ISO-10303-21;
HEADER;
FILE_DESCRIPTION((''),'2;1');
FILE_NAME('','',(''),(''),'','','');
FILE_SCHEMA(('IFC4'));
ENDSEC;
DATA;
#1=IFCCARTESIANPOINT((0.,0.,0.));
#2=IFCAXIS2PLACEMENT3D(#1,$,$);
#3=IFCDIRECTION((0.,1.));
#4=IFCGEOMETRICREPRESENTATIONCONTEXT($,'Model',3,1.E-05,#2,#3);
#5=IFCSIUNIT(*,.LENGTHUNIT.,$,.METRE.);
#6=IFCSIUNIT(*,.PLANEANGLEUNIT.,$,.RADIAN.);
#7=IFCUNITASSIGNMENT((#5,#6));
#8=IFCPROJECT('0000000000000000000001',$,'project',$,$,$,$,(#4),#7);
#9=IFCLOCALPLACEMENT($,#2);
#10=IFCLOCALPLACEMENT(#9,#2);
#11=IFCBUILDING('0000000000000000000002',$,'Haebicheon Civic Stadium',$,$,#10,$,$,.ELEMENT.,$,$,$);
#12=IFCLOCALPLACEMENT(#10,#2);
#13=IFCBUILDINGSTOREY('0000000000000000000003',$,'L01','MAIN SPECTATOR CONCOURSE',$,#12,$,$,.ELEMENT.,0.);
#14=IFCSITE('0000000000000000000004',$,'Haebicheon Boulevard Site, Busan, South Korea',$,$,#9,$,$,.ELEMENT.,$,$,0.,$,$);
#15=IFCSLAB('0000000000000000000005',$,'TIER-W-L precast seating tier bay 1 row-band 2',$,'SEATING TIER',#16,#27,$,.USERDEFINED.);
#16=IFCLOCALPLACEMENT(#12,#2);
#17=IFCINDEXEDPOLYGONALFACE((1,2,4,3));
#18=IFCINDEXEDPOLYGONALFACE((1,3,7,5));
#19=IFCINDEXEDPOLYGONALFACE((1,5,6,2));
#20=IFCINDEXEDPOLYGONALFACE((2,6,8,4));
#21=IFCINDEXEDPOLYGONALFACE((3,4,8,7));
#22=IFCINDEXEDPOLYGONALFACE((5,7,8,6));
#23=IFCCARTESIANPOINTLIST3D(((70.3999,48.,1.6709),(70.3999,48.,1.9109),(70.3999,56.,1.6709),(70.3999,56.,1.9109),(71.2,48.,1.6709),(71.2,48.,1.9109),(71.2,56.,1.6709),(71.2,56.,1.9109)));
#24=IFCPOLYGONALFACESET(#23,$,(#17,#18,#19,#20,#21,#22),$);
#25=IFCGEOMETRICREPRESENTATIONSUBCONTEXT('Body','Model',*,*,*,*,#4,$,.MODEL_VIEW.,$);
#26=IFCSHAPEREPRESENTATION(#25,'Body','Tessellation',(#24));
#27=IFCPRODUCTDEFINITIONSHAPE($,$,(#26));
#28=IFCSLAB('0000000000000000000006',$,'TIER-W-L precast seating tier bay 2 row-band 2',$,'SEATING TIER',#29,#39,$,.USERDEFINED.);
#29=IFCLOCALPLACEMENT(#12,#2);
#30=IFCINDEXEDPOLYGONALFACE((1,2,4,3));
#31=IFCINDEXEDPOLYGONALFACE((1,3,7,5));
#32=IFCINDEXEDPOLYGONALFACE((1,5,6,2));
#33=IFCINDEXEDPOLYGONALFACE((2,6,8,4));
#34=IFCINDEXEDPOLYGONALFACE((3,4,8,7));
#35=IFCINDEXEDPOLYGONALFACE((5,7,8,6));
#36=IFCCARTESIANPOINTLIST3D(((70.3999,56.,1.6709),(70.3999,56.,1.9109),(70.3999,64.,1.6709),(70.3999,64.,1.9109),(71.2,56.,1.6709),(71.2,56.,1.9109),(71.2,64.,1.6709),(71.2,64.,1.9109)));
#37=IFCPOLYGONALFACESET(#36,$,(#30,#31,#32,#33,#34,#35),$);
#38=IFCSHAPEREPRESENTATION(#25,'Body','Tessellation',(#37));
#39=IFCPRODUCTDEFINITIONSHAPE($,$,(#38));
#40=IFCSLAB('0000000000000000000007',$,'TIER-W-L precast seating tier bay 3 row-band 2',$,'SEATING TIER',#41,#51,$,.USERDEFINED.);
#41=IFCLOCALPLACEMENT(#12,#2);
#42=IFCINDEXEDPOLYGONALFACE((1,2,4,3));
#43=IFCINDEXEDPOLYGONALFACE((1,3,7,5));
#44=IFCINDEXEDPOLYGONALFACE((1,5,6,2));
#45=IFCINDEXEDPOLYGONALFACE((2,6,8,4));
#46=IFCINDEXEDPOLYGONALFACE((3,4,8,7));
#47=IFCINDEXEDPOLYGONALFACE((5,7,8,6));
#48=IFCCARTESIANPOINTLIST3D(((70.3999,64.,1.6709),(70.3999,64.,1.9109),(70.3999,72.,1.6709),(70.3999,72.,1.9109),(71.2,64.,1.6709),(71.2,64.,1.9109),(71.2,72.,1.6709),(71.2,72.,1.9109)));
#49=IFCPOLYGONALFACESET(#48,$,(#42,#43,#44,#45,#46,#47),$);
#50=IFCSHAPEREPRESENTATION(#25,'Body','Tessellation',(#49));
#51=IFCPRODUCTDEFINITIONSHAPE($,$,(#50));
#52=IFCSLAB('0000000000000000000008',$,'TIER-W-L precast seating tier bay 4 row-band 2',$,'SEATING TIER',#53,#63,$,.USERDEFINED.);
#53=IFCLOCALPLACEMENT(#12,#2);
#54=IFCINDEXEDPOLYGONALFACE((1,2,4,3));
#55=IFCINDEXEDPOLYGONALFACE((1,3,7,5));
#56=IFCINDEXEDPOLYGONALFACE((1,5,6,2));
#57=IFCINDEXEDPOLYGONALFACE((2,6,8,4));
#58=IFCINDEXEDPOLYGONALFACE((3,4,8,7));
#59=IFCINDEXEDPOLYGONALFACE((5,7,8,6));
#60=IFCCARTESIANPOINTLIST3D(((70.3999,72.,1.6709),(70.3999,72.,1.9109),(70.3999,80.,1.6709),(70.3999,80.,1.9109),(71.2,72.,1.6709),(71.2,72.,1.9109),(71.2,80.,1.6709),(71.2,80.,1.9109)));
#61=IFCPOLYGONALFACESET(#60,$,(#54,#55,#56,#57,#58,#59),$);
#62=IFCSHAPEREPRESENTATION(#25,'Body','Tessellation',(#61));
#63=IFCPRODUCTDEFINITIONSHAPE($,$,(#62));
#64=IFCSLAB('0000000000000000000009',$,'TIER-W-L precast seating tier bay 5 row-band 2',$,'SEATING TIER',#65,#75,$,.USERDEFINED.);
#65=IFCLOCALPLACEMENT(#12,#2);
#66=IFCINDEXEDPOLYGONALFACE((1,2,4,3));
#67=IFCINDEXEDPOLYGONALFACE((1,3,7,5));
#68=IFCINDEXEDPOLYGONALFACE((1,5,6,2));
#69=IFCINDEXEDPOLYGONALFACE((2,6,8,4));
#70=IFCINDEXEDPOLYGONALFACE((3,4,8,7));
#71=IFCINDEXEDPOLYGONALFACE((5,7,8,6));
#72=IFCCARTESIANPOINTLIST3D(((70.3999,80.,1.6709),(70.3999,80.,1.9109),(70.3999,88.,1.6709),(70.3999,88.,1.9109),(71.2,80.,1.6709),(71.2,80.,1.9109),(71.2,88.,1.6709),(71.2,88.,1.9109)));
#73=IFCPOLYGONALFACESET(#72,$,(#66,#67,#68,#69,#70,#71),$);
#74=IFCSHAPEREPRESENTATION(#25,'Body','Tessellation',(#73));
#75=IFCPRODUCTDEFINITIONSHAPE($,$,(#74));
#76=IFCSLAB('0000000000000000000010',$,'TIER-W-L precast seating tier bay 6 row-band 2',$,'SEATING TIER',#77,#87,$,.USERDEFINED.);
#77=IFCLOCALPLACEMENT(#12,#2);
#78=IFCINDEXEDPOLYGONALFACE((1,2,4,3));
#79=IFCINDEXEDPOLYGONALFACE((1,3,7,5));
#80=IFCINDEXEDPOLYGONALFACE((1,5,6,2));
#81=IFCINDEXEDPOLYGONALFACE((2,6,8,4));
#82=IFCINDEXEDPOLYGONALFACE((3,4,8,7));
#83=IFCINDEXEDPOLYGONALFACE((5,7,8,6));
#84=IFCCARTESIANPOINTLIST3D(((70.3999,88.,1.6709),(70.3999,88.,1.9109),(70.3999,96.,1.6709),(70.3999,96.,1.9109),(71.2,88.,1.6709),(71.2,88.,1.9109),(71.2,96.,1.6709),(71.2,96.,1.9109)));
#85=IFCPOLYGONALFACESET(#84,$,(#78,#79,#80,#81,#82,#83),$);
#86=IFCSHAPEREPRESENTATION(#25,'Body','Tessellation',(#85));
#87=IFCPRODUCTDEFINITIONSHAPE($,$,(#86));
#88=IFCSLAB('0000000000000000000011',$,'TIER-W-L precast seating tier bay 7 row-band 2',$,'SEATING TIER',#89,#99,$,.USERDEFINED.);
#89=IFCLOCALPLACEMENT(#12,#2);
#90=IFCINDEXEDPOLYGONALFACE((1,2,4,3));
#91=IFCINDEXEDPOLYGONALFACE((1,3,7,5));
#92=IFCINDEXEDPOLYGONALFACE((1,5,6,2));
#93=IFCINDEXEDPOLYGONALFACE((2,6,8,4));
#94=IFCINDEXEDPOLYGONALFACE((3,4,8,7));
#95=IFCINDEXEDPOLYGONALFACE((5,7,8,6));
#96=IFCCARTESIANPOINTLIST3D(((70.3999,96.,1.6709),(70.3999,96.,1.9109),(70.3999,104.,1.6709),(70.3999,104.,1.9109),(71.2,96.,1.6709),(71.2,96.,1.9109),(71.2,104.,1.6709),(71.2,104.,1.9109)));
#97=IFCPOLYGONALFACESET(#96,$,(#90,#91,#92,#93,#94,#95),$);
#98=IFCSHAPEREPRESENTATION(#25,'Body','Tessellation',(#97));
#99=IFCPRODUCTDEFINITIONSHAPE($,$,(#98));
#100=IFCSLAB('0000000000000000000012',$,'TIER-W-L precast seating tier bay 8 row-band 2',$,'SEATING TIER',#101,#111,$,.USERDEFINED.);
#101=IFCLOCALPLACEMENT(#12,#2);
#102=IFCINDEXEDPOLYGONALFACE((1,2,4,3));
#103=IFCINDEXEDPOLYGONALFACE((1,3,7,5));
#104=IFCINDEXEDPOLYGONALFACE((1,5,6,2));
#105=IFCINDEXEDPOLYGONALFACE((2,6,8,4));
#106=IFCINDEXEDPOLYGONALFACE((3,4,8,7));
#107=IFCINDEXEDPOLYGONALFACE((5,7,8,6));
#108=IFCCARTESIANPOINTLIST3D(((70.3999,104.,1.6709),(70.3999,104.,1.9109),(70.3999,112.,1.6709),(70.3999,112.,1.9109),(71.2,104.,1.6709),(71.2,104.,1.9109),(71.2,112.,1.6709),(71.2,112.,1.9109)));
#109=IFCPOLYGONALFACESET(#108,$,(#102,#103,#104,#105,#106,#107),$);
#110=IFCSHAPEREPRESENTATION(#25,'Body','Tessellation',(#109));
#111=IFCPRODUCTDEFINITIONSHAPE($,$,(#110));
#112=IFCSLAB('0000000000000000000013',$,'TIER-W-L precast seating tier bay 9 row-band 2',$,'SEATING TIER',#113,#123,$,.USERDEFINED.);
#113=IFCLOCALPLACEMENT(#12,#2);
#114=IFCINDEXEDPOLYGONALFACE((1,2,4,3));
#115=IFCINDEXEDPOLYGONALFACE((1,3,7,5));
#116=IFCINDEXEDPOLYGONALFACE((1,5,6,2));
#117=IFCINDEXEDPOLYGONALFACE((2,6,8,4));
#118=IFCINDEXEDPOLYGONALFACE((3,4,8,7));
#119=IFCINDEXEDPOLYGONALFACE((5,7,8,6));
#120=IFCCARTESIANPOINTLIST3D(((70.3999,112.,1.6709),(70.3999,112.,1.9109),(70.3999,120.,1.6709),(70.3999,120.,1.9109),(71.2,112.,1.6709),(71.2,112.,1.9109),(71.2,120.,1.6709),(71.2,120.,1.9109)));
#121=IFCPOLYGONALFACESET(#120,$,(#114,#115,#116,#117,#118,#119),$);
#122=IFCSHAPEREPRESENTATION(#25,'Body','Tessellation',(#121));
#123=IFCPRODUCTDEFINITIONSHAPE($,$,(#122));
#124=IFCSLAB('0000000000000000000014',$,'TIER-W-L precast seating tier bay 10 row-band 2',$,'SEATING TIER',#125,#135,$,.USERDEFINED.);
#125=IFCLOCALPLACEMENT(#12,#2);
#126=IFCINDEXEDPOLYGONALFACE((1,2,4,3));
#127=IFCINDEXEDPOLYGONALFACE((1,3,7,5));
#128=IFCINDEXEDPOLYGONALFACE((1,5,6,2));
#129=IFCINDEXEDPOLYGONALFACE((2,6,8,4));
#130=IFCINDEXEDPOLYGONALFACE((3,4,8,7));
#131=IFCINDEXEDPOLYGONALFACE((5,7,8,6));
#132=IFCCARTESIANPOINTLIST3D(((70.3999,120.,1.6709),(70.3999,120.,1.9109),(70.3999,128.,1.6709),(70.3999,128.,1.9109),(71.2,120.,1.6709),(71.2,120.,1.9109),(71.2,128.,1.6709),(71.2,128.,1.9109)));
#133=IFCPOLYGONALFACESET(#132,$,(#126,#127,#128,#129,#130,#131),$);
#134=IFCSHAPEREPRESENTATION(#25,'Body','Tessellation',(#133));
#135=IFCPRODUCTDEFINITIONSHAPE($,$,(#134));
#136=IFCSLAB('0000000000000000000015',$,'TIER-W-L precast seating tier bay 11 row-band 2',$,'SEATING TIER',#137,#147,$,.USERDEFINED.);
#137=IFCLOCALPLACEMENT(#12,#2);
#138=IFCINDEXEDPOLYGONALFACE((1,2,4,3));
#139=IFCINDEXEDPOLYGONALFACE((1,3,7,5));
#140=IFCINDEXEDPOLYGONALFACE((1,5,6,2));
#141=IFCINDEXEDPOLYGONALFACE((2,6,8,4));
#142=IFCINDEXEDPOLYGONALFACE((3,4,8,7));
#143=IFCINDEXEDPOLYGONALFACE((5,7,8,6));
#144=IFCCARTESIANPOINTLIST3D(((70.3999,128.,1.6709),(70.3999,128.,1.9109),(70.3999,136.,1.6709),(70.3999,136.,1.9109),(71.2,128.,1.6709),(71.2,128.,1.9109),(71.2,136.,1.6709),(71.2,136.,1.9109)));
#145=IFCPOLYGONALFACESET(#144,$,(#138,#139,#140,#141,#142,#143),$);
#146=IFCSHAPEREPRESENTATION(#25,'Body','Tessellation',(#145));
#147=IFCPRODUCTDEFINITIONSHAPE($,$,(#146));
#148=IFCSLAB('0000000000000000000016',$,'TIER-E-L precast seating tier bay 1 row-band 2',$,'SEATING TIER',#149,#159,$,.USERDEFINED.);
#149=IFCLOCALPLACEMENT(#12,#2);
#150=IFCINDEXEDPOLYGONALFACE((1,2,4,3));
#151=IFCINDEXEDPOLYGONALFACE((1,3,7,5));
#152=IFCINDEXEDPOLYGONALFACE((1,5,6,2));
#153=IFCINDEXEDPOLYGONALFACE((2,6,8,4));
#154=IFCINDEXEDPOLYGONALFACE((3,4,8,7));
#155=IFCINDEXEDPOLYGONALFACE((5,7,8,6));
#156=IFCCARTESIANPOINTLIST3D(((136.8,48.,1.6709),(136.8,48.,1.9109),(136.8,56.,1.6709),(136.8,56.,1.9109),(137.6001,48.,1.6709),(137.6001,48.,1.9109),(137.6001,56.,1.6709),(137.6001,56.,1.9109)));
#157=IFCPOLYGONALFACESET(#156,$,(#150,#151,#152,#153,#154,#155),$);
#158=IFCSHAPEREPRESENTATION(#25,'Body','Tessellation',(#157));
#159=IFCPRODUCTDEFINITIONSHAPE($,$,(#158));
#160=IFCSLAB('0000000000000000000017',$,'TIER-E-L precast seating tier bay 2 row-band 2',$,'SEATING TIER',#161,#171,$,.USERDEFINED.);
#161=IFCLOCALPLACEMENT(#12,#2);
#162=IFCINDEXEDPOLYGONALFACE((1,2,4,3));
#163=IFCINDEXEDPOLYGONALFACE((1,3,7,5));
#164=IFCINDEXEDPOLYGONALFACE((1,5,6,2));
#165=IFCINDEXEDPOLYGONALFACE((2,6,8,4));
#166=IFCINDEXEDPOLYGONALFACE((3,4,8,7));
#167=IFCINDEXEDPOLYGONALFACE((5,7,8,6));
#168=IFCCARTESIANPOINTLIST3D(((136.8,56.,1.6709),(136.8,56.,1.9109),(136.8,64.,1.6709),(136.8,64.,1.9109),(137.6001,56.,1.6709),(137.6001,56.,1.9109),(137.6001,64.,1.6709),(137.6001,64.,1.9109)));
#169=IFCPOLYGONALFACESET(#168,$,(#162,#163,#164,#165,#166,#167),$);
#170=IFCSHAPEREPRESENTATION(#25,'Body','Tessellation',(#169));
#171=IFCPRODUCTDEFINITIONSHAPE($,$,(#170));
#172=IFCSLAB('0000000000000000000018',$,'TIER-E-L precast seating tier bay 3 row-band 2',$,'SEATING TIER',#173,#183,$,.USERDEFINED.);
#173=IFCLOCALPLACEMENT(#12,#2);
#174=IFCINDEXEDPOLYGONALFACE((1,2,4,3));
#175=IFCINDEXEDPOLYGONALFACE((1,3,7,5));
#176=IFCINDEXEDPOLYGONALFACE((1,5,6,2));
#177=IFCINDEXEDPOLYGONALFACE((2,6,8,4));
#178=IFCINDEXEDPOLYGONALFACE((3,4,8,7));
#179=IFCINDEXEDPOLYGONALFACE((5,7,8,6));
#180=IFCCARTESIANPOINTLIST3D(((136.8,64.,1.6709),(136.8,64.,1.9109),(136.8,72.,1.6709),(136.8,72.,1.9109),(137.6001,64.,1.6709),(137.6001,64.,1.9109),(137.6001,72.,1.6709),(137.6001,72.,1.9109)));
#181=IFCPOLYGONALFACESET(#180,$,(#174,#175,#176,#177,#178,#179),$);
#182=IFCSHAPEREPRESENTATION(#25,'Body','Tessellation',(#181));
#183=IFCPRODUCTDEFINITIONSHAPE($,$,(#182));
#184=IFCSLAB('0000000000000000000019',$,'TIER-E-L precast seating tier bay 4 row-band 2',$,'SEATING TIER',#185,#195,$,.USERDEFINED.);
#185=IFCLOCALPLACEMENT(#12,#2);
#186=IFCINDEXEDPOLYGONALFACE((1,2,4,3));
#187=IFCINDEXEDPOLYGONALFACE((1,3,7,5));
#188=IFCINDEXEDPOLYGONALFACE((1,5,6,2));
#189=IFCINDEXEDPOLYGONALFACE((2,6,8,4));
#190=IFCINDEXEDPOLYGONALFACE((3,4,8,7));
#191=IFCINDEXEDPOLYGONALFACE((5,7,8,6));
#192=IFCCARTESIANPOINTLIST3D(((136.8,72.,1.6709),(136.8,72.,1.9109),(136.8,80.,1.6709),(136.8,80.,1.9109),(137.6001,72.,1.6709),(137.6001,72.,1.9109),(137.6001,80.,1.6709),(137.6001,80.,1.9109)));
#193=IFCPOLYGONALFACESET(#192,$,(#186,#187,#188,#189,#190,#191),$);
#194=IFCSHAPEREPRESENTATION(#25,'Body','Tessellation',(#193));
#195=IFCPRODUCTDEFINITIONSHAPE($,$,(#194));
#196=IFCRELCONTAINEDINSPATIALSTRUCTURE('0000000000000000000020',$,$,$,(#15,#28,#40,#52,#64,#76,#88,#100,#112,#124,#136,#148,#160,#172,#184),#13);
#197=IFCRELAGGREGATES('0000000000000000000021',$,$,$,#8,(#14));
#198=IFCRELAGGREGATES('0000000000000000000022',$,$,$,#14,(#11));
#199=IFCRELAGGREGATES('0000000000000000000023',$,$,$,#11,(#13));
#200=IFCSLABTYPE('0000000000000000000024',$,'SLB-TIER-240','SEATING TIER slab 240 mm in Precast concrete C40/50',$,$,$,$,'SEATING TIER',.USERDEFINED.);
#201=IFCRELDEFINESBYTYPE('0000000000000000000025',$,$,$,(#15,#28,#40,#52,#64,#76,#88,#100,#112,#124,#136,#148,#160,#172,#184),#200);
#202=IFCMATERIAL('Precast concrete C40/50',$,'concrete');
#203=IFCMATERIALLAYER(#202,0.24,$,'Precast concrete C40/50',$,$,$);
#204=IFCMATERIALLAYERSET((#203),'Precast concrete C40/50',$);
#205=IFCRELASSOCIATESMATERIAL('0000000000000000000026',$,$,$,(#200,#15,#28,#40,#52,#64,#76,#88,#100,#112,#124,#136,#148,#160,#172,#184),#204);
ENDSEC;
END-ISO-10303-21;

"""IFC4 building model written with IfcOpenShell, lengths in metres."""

from ifc_helpers import new_model, si_unit, direction, frame, origin, place, context, subcontext, project, spatial, polyline, outline, extrude, material, layer, layer_set, type_object, element, save


model = new_model("IFC4")

# Units and contexts
model_context = context("Model", 3, precision=1e-05, world=origin(), true_north=direction((0.0, 1.0)))
body_context = subcontext(model_context, "Body", "Model", "MODEL_VIEW")
ifc_project = project(units=[si_unit("LENGTHUNIT", "METRE"), si_unit("PLANEANGLEUNIT", "RADIAN")], contexts=[model_context])

# Site, building, storey
site_placement = place(None, origin())
site = spatial("IfcSite", under=ifc_project, at=site_placement, Name="Haebicheon Boulevard Site, Busan, South Korea", CompositionType="ELEMENT", RefElevation=0.0)
building_placement = place(site_placement, origin())
building = spatial("IfcBuilding", under=site, at=building_placement, Name="Haebicheon Civic Stadium", CompositionType="ELEMENT")
storey_placement = place(building_placement, origin())
storey = spatial("IfcBuildingStorey", under=building, at=storey_placement, Name="L01", Description="MAIN SPECTATOR CONCOURSE", CompositionType="ELEMENT", Elevation=0.0)

# Slabs
ifc_material = material(Name="Precast concrete C40/50", Category="concrete")
ifc_layer = layer(ifc_material, 0.24, Name="Precast concrete C40/50")
ifc_layer_set = layer_set([ifc_layer], Name="Precast concrete C40/50")
slab_type = type_object("IfcSlabType", Name="SLB-TIER-240", Description="SEATING TIER slab 240 mm in Precast concrete C40/50", ElementType="SEATING TIER", PredefinedType="USERDEFINED", material=ifc_layer_set)
slab_1_placement = place(storey_placement, frame((0.0, 0.0, 1.6709)))
element("IfcSlab", 1, at=slab_1_placement, inside=storey, type_object=slab_type, material=ifc_layer_set, Name="TIER-W-L precast seating tier bay 1 row-band 2", ObjectType="SEATING TIER", PredefinedType="USERDEFINED", context=body_context, shape_type="SweptSolid", body=[
    extrude(outline(polyline([(70.3999, 48.0), (71.2, 48.0), (71.2, 56.0), (70.3999, 56.0), (70.3999, 48.0)])), origin(), (0.0, 0.0, 1.0), 0.24),
])
slab_2_placement = place(storey_placement, frame((0.0, 0.0, 1.6709)))
element("IfcSlab", 2, at=slab_2_placement, inside=storey, type_object=slab_type, material=ifc_layer_set, Name="TIER-W-L precast seating tier bay 2 row-band 2", ObjectType="SEATING TIER", PredefinedType="USERDEFINED", context=body_context, shape_type="SweptSolid", body=[
    extrude(outline(polyline([(70.3999, 56.0), (71.2, 56.0), (71.2, 64.0), (70.3999, 64.0), (70.3999, 56.0)])), origin(), (0.0, 0.0, 1.0), 0.24),
])
slab_3_placement = place(storey_placement, frame((0.0, 0.0, 1.6709)))
element("IfcSlab", 3, at=slab_3_placement, inside=storey, type_object=slab_type, material=ifc_layer_set, Name="TIER-W-L precast seating tier bay 3 row-band 2", ObjectType="SEATING TIER", PredefinedType="USERDEFINED", context=body_context, shape_type="SweptSolid", body=[
    extrude(outline(polyline([(70.3999, 64.0), (71.2, 64.0), (71.2, 72.0), (70.3999, 72.0), (70.3999, 64.0)])), origin(), (0.0, 0.0, 1.0), 0.24),
])
slab_4_placement = place(storey_placement, frame((0.0, 0.0, 1.6709)))
element("IfcSlab", 4, at=slab_4_placement, inside=storey, type_object=slab_type, material=ifc_layer_set, Name="TIER-W-L precast seating tier bay 4 row-band 2", ObjectType="SEATING TIER", PredefinedType="USERDEFINED", context=body_context, shape_type="SweptSolid", body=[
    extrude(outline(polyline([(70.3999, 72.0), (71.2, 72.0), (71.2, 80.0), (70.3999, 80.0), (70.3999, 72.0)])), origin(), (0.0, 0.0, 1.0), 0.24),
])
slab_5_placement = place(storey_placement, frame((0.0, 0.0, 1.6709)))
element("IfcSlab", 5, at=slab_5_placement, inside=storey, type_object=slab_type, material=ifc_layer_set, Name="TIER-W-L precast seating tier bay 5 row-band 2", ObjectType="SEATING TIER", PredefinedType="USERDEFINED", context=body_context, shape_type="SweptSolid", body=[
    extrude(outline(polyline([(70.3999, 80.0), (71.2, 80.0), (71.2, 88.0), (70.3999, 88.0), (70.3999, 80.0)])), origin(), (0.0, 0.0, 1.0), 0.24),
])
slab_6_placement = place(storey_placement, frame((0.0, 0.0, 1.6709)))
element("IfcSlab", 6, at=slab_6_placement, inside=storey, type_object=slab_type, material=ifc_layer_set, Name="TIER-W-L precast seating tier bay 6 row-band 2", ObjectType="SEATING TIER", PredefinedType="USERDEFINED", context=body_context, shape_type="SweptSolid", body=[
    extrude(outline(polyline([(70.3999, 88.0), (71.2, 88.0), (71.2, 96.0), (70.3999, 96.0), (70.3999, 88.0)])), origin(), (0.0, 0.0, 1.0), 0.24),
])
slab_7_placement = place(storey_placement, frame((0.0, 0.0, 1.6709)))
element("IfcSlab", 7, at=slab_7_placement, inside=storey, type_object=slab_type, material=ifc_layer_set, Name="TIER-W-L precast seating tier bay 7 row-band 2", ObjectType="SEATING TIER", PredefinedType="USERDEFINED", context=body_context, shape_type="SweptSolid", body=[
    extrude(outline(polyline([(70.3999, 96.0), (71.2, 96.0), (71.2, 104.0), (70.3999, 104.0), (70.3999, 96.0)])), origin(), (0.0, 0.0, 1.0), 0.24),
])
slab_8_placement = place(storey_placement, frame((0.0, 0.0, 1.6709)))
element("IfcSlab", 8, at=slab_8_placement, inside=storey, type_object=slab_type, material=ifc_layer_set, Name="TIER-W-L precast seating tier bay 8 row-band 2", ObjectType="SEATING TIER", PredefinedType="USERDEFINED", context=body_context, shape_type="SweptSolid", body=[
    extrude(outline(polyline([(70.3999, 104.0), (71.2, 104.0), (71.2, 112.0), (70.3999, 112.0), (70.3999, 104.0)])), origin(), (0.0, 0.0, 1.0), 0.24),
])
slab_9_placement = place(storey_placement, frame((0.0, 0.0, 1.6709)))
element("IfcSlab", 9, at=slab_9_placement, inside=storey, type_object=slab_type, material=ifc_layer_set, Name="TIER-W-L precast seating tier bay 9 row-band 2", ObjectType="SEATING TIER", PredefinedType="USERDEFINED", context=body_context, shape_type="SweptSolid", body=[
    extrude(outline(polyline([(70.3999, 112.0), (71.2, 112.0), (71.2, 120.0), (70.3999, 120.0), (70.3999, 112.0)])), origin(), (0.0, 0.0, 1.0), 0.24),
])
slab_10_placement = place(storey_placement, frame((0.0, 0.0, 1.6709)))
element("IfcSlab", 10, at=slab_10_placement, inside=storey, type_object=slab_type, material=ifc_layer_set, Name="TIER-W-L precast seating tier bay 10 row-band 2", ObjectType="SEATING TIER", PredefinedType="USERDEFINED", context=body_context, shape_type="SweptSolid", body=[
    extrude(outline(polyline([(70.3999, 120.0), (71.2, 120.0), (71.2, 128.0), (70.3999, 128.0), (70.3999, 120.0)])), origin(), (0.0, 0.0, 1.0), 0.24),
])
slab_11_placement = place(storey_placement, frame((0.0, 0.0, 1.6709)))
element("IfcSlab", 11, at=slab_11_placement, inside=storey, type_object=slab_type, material=ifc_layer_set, Name="TIER-W-L precast seating tier bay 11 row-band 2", ObjectType="SEATING TIER", PredefinedType="USERDEFINED", context=body_context, shape_type="SweptSolid", body=[
    extrude(outline(polyline([(70.3999, 128.0), (71.2, 128.0), (71.2, 136.0), (70.3999, 136.0), (70.3999, 128.0)])), origin(), (0.0, 0.0, 1.0), 0.24),
])
slab_12_placement = place(storey_placement, frame((0.0, 0.0, 1.6709)))
element("IfcSlab", 12, at=slab_12_placement, inside=storey, type_object=slab_type, material=ifc_layer_set, Name="TIER-E-L precast seating tier bay 1 row-band 2", ObjectType="SEATING TIER", PredefinedType="USERDEFINED", context=body_context, shape_type="SweptSolid", body=[
    extrude(outline(polyline([(136.8, 48.0), (137.6001, 48.0), (137.6001, 56.0), (136.8, 56.0), (136.8, 48.0)])), origin(), (0.0, 0.0, 1.0), 0.24),
])
slab_13_placement = place(storey_placement, frame((0.0, 0.0, 1.6709)))
element("IfcSlab", 13, at=slab_13_placement, inside=storey, type_object=slab_type, material=ifc_layer_set, Name="TIER-E-L precast seating tier bay 2 row-band 2", ObjectType="SEATING TIER", PredefinedType="USERDEFINED", context=body_context, shape_type="SweptSolid", body=[
    extrude(outline(polyline([(136.8, 56.0), (137.6001, 56.0), (137.6001, 64.0), (136.8, 64.0), (136.8, 56.0)])), origin(), (0.0, 0.0, 1.0), 0.24),
])
slab_14_placement = place(storey_placement, frame((0.0, 0.0, 1.6709)))
element("IfcSlab", 14, at=slab_14_placement, inside=storey, type_object=slab_type, material=ifc_layer_set, Name="TIER-E-L precast seating tier bay 3 row-band 2", ObjectType="SEATING TIER", PredefinedType="USERDEFINED", context=body_context, shape_type="SweptSolid", body=[
    extrude(outline(polyline([(136.8, 64.0), (137.6001, 64.0), (137.6001, 72.0), (136.8, 72.0), (136.8, 64.0)])), origin(), (0.0, 0.0, 1.0), 0.24),
])
slab_15_placement = place(storey_placement, frame((0.0, 0.0, 1.6709)))
element("IfcSlab", 15, at=slab_15_placement, inside=storey, type_object=slab_type, material=ifc_layer_set, Name="TIER-E-L precast seating tier bay 4 row-band 2", ObjectType="SEATING TIER", PredefinedType="USERDEFINED", context=body_context, shape_type="SweptSolid", body=[
    extrude(outline(polyline([(136.8, 72.0), (137.6001, 72.0), (137.6001, 80.0), (136.8, 80.0), (136.8, 72.0)])), origin(), (0.0, 0.0, 1.0), 0.24),
])

save(model, "model.ifc")
